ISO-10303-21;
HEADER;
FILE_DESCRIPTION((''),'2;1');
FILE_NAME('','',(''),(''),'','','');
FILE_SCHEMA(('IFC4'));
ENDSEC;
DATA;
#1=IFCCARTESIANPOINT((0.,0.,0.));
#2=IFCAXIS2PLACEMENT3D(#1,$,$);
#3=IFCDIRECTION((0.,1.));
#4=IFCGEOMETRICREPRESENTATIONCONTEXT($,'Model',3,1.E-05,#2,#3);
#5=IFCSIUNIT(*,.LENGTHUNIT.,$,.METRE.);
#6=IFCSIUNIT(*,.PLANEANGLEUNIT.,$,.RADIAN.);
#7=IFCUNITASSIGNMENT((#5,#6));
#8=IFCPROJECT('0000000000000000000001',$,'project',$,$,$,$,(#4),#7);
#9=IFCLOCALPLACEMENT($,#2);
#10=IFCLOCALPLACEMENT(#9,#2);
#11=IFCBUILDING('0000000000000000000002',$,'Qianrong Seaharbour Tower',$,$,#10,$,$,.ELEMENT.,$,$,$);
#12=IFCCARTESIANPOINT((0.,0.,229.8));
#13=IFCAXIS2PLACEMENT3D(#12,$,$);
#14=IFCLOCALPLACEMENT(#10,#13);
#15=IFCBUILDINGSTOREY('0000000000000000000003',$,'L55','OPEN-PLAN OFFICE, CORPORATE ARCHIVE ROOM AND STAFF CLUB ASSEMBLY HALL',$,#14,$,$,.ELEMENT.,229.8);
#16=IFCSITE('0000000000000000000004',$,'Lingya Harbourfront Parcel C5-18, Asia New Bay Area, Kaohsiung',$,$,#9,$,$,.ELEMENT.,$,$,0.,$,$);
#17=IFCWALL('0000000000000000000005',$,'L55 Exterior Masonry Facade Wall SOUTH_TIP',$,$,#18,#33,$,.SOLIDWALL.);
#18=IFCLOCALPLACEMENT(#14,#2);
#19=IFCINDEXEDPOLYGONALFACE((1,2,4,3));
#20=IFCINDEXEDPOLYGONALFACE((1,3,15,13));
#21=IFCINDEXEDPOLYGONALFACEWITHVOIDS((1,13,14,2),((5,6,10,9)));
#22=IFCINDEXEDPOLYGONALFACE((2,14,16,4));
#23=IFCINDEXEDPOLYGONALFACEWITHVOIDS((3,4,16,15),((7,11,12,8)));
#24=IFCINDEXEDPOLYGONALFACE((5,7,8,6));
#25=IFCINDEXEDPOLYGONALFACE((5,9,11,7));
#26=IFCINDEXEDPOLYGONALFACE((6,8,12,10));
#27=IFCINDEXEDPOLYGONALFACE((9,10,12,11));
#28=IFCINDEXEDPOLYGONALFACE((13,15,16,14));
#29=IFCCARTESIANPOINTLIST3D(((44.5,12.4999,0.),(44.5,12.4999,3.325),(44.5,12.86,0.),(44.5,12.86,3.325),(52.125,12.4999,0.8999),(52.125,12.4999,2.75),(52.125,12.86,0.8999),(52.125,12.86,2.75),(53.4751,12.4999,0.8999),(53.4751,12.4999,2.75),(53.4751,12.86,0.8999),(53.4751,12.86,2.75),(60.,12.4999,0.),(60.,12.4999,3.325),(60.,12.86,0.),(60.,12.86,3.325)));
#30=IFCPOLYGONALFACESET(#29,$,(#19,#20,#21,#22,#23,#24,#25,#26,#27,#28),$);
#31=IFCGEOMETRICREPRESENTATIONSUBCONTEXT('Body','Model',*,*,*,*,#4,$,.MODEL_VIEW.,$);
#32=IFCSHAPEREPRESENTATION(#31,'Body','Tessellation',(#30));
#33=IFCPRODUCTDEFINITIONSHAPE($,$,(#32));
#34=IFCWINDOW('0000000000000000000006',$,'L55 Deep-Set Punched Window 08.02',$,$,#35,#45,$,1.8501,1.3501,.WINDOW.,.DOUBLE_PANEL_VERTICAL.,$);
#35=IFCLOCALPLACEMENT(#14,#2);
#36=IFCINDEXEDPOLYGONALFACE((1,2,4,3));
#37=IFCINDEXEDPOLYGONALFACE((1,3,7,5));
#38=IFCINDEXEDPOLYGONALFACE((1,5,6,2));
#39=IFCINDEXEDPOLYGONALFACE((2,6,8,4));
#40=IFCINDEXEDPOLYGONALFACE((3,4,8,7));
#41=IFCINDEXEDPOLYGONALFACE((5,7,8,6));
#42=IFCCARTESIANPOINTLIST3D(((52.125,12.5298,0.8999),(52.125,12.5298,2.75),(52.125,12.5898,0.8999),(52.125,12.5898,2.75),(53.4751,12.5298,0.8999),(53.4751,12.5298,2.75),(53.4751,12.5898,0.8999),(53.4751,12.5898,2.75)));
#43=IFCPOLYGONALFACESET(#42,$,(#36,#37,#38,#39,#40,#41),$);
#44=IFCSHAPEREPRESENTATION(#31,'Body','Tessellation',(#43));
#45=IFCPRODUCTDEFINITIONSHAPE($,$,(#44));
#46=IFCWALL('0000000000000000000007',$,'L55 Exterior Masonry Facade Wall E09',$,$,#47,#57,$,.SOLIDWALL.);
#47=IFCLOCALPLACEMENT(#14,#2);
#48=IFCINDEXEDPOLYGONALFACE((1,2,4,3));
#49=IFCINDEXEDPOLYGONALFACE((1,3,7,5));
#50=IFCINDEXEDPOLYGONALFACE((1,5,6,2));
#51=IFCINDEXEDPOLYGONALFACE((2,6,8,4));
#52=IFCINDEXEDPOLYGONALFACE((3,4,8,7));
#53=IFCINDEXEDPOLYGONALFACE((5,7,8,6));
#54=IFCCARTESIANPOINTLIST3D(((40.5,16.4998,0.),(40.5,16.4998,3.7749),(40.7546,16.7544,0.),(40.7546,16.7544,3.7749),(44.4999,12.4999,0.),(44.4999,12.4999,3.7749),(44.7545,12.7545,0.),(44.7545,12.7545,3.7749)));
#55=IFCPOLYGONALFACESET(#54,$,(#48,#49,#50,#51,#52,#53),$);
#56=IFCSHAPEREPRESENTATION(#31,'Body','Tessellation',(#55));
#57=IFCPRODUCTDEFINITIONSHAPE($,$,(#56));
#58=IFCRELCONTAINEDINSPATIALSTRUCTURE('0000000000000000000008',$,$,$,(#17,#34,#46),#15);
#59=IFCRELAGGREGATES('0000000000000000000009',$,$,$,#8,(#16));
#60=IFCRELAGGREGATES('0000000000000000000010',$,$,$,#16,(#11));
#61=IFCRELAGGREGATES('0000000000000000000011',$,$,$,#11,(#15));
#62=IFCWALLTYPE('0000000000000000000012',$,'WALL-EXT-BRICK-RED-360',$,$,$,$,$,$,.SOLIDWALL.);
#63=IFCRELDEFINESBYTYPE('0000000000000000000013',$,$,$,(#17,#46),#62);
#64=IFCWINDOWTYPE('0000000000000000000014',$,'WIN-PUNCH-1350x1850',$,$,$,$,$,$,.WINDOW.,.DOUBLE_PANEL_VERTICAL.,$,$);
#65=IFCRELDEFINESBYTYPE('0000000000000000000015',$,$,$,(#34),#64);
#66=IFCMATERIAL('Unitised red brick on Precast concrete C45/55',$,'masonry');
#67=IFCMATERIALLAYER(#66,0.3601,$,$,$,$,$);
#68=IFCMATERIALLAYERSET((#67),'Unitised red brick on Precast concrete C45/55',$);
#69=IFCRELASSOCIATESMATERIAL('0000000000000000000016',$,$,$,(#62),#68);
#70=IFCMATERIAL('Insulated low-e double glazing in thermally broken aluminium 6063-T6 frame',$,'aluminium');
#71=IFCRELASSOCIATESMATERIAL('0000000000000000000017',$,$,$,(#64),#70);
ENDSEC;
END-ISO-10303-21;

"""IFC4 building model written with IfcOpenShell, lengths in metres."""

from ifc_helpers import new_model, si_unit, direction, frame, frame_2d, origin, place, context, subcontext, project, spatial, rectangle, extrude, material, layer, layer_set, type_object, element, fill, save


model = new_model("IFC4")

# Units and contexts
model_context = context("Model", 3, precision=1e-05, world=origin(), true_north=direction((0.0, 1.0)))
body_context = subcontext(model_context, "Body", "Model", "MODEL_VIEW")
ifc_project = project(units=[si_unit("LENGTHUNIT", "METRE"), si_unit("PLANEANGLEUNIT", "RADIAN")], contexts=[model_context])

# Site, building, storey
site_placement = place(None, origin())
site = spatial("IfcSite", under=ifc_project, at=site_placement, Name="Lingya Harbourfront Parcel C5-18, Asia New Bay Area, Kaohsiung", CompositionType="ELEMENT", RefElevation=0.0)
building_placement = place(site_placement, origin())
building = spatial("IfcBuilding", under=site, at=building_placement, Name="Qianrong Seaharbour Tower", CompositionType="ELEMENT")
storey_placement = place(building_placement, frame((0.0, 0.0, 229.8)))
storey = spatial("IfcBuildingStorey", under=building, at=storey_placement, Name="L55", Description="OPEN-PLAN OFFICE, CORPORATE ARCHIVE ROOM AND STAFF CLUB ASSEMBLY HALL", CompositionType="ELEMENT", Elevation=229.8)

# Shared definitions
ifc_material_1 = material(Name="Unitised red brick on Precast concrete C45/55", Category="masonry")
ifc_layer_1 = layer(ifc_material_1, 0.3601)
ifc_layer_set_1 = layer_set([ifc_layer_1], Name="Unitised red brick on Precast concrete C45/55")
wall_type_1 = type_object("IfcWallType", Name="WALL-EXT-BRICK-RED-360", PredefinedType="SOLIDWALL", material=ifc_layer_set_1)

# Wall, opening, window
wall_1_placement = place(storey_placement, frame((60.0, 12.6799, 0.0), z_axis=(0.0, 0.0, 1.0), x_axis=(-1.0, 0.0, 0.0)))
wall_1 = element("IfcWall", 1, at=wall_1_placement, inside=storey, type_object=wall_type_1, Name="L55 Exterior Masonry Facade Wall SOUTH_TIP", PredefinedType="SOLIDWALL", context=body_context, shape_type="SweptSolid", body=[
    extrude(rectangle(XDim=15.5, YDim=0.3601, at=frame_2d((7.75, 0.0))), origin(), (0.0, 0.0, 1.0), 3.325),
])
opening_1_placement = place(wall_1_placement, frame((6.5249, 0.0, 0.8999)))
opening_1 = element("IfcOpeningElement", 2, at=opening_1_placement, cuts=wall_1, PredefinedType="OPENING", context=body_context, shape_type="SweptSolid", body=[
    extrude(rectangle(XDim=1.3501, YDim=1.8501, at=frame_2d((0.675, 0.925))), frame((0.0, 0.1899, 0.0), z_axis=(0.0, -1.0, 0.0), x_axis=(1.0, 0.0, 0.0)), (0.0, 0.0, 1.0), 0.3801),
])
ifc_material_2 = material(Name="Insulated low-e double glazing in thermally broken aluminium 6063-T6 frame", Category="aluminium")
window_type = type_object("IfcWindowType", Name="WIN-PUNCH-1350x1850", PartitioningType="DOUBLE_PANEL_VERTICAL", PredefinedType="WINDOW", material=ifc_material_2)
window_placement = place(opening_1_placement, origin())
window = element("IfcWindow", 3, at=window_placement, inside=storey, type_object=window_type, Name="L55 Deep-Set Punched Window 08.02", OverallHeight=1.8501, OverallWidth=1.3501, PartitioningType="DOUBLE_PANEL_VERTICAL", PredefinedType="WINDOW", context=body_context, shape_type="SweptSolid", body=[
    extrude(rectangle(XDim=1.3501, YDim=1.8501, at=frame_2d((0.675, 0.925))), frame((0.0, 0.1501, 0.0), z_axis=(0.0, -1.0, 0.0), x_axis=(1.0, 0.0, 0.0)), (0.0, 0.0, 1.0), 0.0601),
])
fill(opening_1, window)

# Wall
wall_2_placement = place(storey_placement, frame((44.6272, 12.6272, 0.0), z_axis=(0.0, 0.0, 1.0), x_axis=(-0.707107, 0.707107, 0.0)))
element("IfcWall", 4, at=wall_2_placement, inside=storey, type_object=wall_type_1, Name="L55 Exterior Masonry Facade Wall E09", PredefinedType="SOLIDWALL", context=body_context, shape_type="SweptSolid", body=[
    extrude(rectangle(XDim=5.6567, YDim=0.3601, at=frame_2d((2.8284, 0.0))), origin(), (0.0, 0.0, 1.0), 3.7749),
])

save(model, "model.ifc")
